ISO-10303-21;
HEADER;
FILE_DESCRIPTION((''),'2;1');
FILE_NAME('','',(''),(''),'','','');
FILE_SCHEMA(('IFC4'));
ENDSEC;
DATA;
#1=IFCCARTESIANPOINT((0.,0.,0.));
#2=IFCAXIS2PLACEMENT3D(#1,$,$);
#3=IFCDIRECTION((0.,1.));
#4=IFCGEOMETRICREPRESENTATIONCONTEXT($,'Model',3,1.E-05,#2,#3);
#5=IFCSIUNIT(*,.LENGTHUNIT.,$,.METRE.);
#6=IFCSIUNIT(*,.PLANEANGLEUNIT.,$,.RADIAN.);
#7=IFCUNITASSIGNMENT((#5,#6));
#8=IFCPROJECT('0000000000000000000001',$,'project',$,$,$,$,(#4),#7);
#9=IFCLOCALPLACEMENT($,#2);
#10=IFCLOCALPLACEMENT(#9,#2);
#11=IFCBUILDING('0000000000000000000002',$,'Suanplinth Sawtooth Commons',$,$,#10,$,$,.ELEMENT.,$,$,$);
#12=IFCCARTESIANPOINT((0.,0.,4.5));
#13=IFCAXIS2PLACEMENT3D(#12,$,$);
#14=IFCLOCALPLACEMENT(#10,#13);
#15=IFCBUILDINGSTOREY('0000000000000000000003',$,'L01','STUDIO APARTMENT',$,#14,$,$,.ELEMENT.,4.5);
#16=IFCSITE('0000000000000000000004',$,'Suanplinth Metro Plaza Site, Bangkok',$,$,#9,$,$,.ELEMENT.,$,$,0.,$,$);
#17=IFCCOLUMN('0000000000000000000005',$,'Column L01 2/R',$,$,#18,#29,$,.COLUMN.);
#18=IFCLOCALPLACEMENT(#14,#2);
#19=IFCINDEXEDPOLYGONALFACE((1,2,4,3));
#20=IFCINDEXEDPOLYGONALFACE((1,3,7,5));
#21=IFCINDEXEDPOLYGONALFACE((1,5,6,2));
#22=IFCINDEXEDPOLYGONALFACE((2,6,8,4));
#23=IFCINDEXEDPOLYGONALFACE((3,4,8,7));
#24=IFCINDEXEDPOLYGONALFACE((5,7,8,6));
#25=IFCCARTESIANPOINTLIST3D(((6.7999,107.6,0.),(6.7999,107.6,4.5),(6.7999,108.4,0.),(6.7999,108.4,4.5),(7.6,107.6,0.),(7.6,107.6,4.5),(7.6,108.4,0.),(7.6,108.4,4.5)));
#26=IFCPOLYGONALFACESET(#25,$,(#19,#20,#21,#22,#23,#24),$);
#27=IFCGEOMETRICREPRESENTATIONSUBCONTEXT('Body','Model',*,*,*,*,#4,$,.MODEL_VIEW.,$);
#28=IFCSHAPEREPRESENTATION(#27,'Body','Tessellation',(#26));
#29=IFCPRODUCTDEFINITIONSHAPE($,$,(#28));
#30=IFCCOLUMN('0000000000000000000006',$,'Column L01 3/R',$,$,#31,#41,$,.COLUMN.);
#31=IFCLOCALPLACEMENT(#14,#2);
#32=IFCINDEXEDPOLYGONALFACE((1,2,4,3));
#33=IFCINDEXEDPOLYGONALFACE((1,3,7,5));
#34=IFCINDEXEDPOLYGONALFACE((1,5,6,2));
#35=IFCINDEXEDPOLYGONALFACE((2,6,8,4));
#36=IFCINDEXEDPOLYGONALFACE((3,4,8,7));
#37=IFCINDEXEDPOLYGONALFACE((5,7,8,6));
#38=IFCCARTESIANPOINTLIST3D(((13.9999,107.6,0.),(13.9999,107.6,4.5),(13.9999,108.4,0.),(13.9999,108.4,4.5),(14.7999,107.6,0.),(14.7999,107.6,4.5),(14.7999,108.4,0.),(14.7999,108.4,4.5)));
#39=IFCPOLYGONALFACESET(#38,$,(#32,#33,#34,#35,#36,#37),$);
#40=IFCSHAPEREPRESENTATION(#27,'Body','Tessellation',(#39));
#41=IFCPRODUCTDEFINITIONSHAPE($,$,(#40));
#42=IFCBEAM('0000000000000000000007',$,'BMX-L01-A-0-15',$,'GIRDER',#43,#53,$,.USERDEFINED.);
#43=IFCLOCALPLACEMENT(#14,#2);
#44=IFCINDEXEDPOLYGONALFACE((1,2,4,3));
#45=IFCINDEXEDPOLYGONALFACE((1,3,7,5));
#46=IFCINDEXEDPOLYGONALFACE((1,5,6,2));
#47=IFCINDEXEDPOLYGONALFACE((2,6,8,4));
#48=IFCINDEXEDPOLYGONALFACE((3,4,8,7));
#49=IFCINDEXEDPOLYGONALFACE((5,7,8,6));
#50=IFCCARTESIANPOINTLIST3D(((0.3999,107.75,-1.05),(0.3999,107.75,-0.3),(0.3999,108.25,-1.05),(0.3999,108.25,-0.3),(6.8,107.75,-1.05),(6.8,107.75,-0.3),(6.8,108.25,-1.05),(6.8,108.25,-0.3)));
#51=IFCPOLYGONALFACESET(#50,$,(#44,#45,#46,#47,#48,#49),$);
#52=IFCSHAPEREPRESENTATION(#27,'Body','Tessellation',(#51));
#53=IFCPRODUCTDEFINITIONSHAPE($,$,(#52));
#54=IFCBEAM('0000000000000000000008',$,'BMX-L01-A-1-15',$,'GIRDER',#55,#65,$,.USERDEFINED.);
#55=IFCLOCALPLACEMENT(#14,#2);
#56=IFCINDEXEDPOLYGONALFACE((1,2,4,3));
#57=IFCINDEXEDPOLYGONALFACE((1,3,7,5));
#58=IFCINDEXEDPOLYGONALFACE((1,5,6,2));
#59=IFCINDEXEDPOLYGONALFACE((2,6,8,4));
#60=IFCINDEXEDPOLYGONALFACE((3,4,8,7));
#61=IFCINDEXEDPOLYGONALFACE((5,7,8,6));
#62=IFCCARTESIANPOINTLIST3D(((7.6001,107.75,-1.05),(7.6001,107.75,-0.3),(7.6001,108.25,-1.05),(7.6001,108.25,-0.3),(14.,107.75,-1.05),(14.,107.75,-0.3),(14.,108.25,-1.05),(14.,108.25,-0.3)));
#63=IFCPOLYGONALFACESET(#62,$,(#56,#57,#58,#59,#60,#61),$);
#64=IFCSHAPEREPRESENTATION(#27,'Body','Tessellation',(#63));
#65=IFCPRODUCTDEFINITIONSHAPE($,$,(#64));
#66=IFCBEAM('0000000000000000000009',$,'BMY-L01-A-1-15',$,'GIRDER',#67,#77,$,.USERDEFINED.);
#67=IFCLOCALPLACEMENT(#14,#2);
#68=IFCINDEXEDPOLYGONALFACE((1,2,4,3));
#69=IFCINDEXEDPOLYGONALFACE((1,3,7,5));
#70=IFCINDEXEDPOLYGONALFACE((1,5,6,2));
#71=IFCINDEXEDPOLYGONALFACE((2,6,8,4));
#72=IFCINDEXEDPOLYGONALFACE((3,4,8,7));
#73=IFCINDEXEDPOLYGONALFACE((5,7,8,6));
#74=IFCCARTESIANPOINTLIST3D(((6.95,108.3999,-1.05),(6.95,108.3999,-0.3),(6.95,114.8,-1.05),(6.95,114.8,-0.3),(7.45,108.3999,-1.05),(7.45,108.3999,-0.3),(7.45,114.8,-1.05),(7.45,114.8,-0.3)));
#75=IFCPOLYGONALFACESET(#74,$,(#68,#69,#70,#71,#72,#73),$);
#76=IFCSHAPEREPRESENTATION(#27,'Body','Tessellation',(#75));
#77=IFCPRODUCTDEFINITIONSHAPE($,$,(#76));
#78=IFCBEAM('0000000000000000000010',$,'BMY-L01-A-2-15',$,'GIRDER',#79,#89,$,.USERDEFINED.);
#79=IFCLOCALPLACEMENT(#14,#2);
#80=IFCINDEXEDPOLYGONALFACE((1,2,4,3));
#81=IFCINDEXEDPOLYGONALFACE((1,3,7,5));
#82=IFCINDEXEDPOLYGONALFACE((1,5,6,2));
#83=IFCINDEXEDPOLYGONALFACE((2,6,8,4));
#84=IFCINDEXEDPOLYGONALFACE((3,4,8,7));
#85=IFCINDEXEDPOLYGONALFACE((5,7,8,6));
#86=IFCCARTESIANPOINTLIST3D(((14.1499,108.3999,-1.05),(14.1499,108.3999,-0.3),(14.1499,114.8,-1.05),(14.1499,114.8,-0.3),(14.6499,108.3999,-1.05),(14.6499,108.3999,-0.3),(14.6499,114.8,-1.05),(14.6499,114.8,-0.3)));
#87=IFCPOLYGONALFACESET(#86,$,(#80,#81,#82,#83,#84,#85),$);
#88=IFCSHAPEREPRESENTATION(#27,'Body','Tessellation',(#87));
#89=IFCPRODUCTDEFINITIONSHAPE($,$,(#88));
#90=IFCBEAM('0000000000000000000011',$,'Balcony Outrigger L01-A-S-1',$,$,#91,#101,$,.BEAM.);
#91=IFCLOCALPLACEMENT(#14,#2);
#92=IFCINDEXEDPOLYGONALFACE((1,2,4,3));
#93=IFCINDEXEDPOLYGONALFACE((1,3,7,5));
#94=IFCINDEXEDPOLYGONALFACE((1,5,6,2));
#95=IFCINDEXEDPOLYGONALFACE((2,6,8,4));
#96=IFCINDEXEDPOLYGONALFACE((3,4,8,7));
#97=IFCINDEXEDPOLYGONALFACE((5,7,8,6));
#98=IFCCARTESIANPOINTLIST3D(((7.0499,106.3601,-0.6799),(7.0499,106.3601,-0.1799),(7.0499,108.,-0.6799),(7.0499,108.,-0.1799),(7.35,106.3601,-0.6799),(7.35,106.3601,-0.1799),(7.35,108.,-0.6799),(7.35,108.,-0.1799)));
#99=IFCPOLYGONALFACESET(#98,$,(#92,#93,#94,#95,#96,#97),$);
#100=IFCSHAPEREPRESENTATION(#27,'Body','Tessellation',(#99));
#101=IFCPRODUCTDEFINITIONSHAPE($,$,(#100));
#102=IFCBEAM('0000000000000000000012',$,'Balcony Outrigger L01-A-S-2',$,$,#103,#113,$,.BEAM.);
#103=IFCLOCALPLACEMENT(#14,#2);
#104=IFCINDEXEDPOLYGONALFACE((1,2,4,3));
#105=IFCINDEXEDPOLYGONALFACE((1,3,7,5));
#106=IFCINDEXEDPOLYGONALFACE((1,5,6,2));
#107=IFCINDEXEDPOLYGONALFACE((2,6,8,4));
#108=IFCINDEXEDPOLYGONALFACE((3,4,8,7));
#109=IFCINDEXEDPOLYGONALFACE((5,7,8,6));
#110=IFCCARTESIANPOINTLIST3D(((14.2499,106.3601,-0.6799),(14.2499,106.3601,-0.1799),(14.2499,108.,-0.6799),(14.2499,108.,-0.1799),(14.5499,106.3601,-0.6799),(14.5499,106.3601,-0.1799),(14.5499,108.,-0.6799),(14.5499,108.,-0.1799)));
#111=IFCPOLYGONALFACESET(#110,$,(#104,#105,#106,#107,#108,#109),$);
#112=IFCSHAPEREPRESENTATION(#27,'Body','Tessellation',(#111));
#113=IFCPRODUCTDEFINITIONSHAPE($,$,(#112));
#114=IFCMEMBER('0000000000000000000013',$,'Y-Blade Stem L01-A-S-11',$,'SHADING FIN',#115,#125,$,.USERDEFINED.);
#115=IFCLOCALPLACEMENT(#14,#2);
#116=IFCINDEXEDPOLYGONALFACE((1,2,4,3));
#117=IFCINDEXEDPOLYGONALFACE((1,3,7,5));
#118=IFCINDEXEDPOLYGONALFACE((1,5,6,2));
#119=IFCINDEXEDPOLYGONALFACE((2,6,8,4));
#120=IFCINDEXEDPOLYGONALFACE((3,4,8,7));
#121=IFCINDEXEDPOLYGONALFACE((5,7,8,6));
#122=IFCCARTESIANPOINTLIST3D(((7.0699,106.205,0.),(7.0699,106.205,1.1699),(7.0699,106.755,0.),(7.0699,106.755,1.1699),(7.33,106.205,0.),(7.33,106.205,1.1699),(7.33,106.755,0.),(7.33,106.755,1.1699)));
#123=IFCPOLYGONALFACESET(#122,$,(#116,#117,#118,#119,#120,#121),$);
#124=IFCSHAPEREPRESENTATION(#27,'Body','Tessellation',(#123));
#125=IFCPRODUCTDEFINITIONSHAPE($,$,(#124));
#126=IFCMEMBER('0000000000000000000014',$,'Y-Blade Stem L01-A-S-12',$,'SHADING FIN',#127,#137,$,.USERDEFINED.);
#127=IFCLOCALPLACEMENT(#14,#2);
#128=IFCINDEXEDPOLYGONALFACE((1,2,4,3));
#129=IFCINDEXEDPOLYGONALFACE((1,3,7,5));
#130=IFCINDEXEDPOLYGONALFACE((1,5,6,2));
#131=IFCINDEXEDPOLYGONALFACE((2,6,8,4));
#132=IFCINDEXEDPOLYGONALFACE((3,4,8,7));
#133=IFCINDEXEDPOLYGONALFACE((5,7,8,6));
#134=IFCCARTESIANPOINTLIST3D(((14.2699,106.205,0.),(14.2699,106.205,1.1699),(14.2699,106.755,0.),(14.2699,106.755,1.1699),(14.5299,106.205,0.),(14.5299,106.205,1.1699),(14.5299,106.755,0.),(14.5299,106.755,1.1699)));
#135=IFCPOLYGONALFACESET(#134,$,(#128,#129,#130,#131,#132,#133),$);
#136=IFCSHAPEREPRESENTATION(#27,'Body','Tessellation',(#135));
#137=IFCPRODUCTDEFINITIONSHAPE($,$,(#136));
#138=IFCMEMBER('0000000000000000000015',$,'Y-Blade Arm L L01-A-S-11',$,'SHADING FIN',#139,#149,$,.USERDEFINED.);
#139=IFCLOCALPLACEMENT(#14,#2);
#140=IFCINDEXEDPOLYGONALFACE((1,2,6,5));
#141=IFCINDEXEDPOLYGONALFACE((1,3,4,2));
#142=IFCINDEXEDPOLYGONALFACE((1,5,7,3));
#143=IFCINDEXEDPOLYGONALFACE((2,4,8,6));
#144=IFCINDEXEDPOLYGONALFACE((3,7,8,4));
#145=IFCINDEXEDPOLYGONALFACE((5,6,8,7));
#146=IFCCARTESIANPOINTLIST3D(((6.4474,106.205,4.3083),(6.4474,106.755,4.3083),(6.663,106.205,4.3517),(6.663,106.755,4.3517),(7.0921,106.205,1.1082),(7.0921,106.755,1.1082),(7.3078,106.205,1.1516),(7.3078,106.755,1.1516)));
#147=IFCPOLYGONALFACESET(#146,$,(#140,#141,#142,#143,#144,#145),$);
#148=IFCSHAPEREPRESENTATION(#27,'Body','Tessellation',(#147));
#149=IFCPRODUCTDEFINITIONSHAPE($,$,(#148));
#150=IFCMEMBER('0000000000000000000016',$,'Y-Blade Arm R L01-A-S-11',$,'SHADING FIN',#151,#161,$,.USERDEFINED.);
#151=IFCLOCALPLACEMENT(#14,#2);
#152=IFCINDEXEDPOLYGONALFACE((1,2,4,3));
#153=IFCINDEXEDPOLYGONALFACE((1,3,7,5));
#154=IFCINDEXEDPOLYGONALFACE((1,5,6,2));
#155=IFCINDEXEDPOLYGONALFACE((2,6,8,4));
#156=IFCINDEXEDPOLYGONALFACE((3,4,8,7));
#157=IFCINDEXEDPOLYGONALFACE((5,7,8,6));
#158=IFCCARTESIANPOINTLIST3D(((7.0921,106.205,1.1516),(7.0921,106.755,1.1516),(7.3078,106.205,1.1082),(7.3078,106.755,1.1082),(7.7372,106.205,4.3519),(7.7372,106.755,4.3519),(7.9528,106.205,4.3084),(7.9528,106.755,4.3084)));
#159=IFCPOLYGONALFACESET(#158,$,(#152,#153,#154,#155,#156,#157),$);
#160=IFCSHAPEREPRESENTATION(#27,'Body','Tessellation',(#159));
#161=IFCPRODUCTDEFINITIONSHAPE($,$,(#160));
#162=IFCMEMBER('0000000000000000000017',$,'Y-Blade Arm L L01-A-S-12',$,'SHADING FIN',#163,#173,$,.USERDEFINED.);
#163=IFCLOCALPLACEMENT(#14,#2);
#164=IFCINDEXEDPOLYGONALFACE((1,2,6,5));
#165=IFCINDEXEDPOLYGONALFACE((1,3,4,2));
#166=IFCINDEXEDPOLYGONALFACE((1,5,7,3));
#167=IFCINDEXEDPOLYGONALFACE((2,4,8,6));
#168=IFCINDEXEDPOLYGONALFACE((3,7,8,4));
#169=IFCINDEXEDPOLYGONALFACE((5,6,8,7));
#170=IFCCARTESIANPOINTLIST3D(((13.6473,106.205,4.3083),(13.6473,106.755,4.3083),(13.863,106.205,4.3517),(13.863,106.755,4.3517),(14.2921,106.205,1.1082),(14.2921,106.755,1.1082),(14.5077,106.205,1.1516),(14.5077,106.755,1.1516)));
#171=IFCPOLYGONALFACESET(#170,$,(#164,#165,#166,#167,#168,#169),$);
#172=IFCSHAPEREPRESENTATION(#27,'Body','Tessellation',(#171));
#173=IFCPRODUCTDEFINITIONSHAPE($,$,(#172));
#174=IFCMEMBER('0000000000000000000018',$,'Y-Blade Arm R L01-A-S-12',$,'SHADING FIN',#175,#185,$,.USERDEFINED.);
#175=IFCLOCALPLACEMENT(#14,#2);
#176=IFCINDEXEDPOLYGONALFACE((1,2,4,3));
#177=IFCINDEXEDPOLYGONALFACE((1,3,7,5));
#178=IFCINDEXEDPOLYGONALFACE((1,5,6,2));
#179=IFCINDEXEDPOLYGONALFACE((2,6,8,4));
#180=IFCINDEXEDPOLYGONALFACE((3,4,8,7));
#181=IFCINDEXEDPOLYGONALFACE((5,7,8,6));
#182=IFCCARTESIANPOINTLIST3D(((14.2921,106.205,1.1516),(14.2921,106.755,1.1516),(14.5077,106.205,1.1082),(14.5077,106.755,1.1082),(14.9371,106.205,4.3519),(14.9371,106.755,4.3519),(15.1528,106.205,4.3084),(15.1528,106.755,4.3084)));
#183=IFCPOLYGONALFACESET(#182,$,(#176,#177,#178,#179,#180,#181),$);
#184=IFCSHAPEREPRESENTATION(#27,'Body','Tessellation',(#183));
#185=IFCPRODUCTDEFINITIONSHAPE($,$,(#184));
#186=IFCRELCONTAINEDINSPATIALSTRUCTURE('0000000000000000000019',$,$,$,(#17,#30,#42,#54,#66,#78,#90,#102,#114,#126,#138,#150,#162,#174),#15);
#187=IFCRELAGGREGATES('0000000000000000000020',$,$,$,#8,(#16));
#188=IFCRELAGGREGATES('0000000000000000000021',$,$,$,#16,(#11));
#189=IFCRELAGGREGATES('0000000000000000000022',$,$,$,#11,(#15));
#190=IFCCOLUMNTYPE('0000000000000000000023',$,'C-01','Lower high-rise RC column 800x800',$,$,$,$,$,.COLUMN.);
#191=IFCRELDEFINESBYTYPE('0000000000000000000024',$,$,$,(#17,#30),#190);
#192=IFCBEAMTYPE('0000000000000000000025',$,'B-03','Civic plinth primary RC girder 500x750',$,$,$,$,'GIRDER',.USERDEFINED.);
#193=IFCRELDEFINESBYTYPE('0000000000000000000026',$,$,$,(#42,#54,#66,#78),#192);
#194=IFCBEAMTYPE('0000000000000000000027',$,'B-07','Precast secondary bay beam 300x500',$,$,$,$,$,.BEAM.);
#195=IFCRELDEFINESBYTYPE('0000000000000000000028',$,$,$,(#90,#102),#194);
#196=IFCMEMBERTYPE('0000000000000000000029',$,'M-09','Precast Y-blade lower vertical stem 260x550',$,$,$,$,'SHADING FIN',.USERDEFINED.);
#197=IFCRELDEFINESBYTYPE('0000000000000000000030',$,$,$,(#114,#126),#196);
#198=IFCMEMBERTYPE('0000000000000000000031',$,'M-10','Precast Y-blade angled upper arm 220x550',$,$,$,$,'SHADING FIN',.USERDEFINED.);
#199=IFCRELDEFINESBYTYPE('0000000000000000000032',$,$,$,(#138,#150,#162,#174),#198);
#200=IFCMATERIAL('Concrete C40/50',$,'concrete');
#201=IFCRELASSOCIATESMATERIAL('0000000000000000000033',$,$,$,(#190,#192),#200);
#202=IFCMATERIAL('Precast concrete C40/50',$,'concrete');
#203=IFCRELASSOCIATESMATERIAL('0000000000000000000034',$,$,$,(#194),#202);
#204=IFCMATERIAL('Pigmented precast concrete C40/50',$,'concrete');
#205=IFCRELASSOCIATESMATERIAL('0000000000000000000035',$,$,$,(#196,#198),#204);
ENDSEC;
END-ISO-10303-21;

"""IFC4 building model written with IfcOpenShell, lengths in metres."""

from ifc_helpers import new_model, si_unit, direction, frame, origin, origin_2d, place, context, subcontext, project, spatial, rectangle, extrude, material, material_profile, profile_set, type_object, element, save


model = new_model("IFC4")

# Units and contexts
model_context = context("Model", 3, precision=1e-05, world=origin(), true_north=direction((0.0, 1.0)))
body_context = subcontext(model_context, "Body", "Model", "MODEL_VIEW")
ifc_project = project(units=[si_unit("LENGTHUNIT", "METRE"), si_unit("PLANEANGLEUNIT", "RADIAN")], contexts=[model_context])

# Site, building, storey
site_placement = place(None, origin())
site = spatial("IfcSite", under=ifc_project, at=site_placement, Name="Suanplinth Metro Plaza Site, Bangkok", CompositionType="ELEMENT", RefElevation=0.0)
building_placement = place(site_placement, origin())
building = spatial("IfcBuilding", under=site, at=building_placement, Name="Suanplinth Sawtooth Commons", CompositionType="ELEMENT")
storey_placement = place(building_placement, frame((0.0, 0.0, 4.5)))
storey = spatial("IfcBuildingStorey", under=building, at=storey_placement, Name="L01", Description="STUDIO APARTMENT", CompositionType="ELEMENT", Elevation=4.5)

# Columns
ifc_material_1 = material(Name="Concrete C40/50", Category="concrete")
ifc_material_profile_1 = material_profile(ifc_material_1, rectangle(XDim=0.8, YDim=0.8, at=origin_2d()), Name="RC-COL 800x800")
ifc_profile_set_1 = profile_set([ifc_material_profile_1], Name="Concrete C40/50")
column_type = type_object("IfcColumnType", Name="C-01", Description="Lower high-rise RC column 800x800", PredefinedType="COLUMN", material=ifc_profile_set_1)
for number, where, z_axis, x_axis, name in (
    (1, (7.2, 108.0, 0.0), (0.0, 0.0, 1.0), (1.0, 0.0, 0.0), "Column L01 2/R"),
    (2, (14.3999, 108.0, 0.0), (0.0, 0.0, 1.0), (1.0, 0.0, 0.0), "Column L01 3/R"),
):
    element("IfcColumn", number, at=place(storey_placement, frame(where, z_axis=z_axis, x_axis=x_axis)), inside=storey, type_object=column_type, Name=name, PredefinedType="COLUMN", context=body_context, shape_type="SweptSolid", body=[
        extrude(rectangle(XDim=0.8, YDim=0.8, at=origin_2d()), origin(), (0.0, 0.0, 1.0), 4.5),
    ])

# Beams
ifc_material_profile_2 = material_profile(ifc_material_1, rectangle(XDim=0.5, YDim=0.75, at=origin_2d()), Name="RC-GDR 500x750")
ifc_profile_set_2 = profile_set([ifc_material_profile_2], Name="Concrete C40/50")
beam_type_1 = type_object("IfcBeamType", Name="B-03", Description="Civic plinth primary RC girder 500x750", ElementType="GIRDER", PredefinedType="USERDEFINED", material=ifc_profile_set_2)
beam_1_placement = place(storey_placement, frame((0.3999, 108.0, -0.675), z_axis=(1.0, 0.0, 0.0), x_axis=(0.0, 1.0, 0.0)))
element("IfcBeam", 3, at=beam_1_placement, inside=storey, type_object=beam_type_1, Name="BMX-L01-A-0-15", ObjectType="GIRDER", PredefinedType="USERDEFINED", context=body_context, shape_type="SweptSolid", body=[
    extrude(rectangle(XDim=0.5, YDim=0.75, at=origin_2d()), origin(), (0.0, 0.0, 1.0), 6.4001),
])
beam_2_placement = place(storey_placement, frame((7.6001, 108.0, -0.675), z_axis=(1.0, 0.0, 0.0), x_axis=(0.0, 1.0, 0.0)))
element("IfcBeam", 4, at=beam_2_placement, inside=storey, type_object=beam_type_1, Name="BMX-L01-A-1-15", ObjectType="GIRDER", PredefinedType="USERDEFINED", context=body_context, shape_type="SweptSolid", body=[
    extrude(rectangle(XDim=0.5, YDim=0.75, at=origin_2d()), origin(), (0.0, 0.0, 1.0), 6.3999),
])
for number, where, z_axis, x_axis, name in (
    (5, (7.2, 108.3999, -0.675), (0.0, 1.0, 0.0), (-1.0, 0.0, 0.0), "BMY-L01-A-1-15"),
    (6, (14.3999, 108.3999, -0.675), (0.0, 1.0, 0.0), (-1.0, 0.0, 0.0), "BMY-L01-A-2-15"),
):
    element("IfcBeam", number, at=place(storey_placement, frame(where, z_axis=z_axis, x_axis=x_axis)), inside=storey, type_object=beam_type_1, Name=name, ObjectType="GIRDER", PredefinedType="USERDEFINED", context=body_context, shape_type="SweptSolid", body=[
        extrude(rectangle(XDim=0.5, YDim=0.75, at=origin_2d()), origin(), (0.0, 0.0, 1.0), 6.4001),
    ])
ifc_material_2 = material(Name="Precast concrete C40/50", Category="concrete")
ifc_material_profile_3 = material_profile(ifc_material_2, rectangle(XDim=0.3, YDim=0.5, at=origin_2d()), Name="PC-BM 300x500")
ifc_profile_set_3 = profile_set([ifc_material_profile_3], Name="Precast concrete C40/50")
beam_type_2 = type_object("IfcBeamType", Name="B-07", Description="Precast secondary bay beam 300x500", PredefinedType="BEAM", material=ifc_profile_set_3)
for number, where, z_axis, x_axis, name in (
    (7, (7.2, 108.0, -0.4299), (0.0, -1.0, 0.0), (1.0, 0.0, 0.0), "Balcony Outrigger L01-A-S-1"),
    (8, (14.3999, 108.0, -0.4299), (0.0, -1.0, 0.0), (1.0, 0.0, 0.0), "Balcony Outrigger L01-A-S-2"),
):
    element("IfcBeam", number, at=place(storey_placement, frame(where, z_axis=z_axis, x_axis=x_axis)), inside=storey, type_object=beam_type_2, Name=name, PredefinedType="BEAM", context=body_context, shape_type="SweptSolid", body=[
        extrude(rectangle(XDim=0.3, YDim=0.5, at=origin_2d()), origin(), (0.0, 0.0, 1.0), 1.6399),
    ])

# Members
ifc_material_3 = material(Name="Pigmented precast concrete C40/50", Category="concrete")
ifc_material_profile_4 = material_profile(ifc_material_3, rectangle(XDim=0.26, YDim=0.55, at=origin_2d()), Name="PC-FIN 260x550")
ifc_profile_set_4 = profile_set([ifc_material_profile_4], Name="Pigmented precast concrete C40/50")
member_type_1 = type_object("IfcMemberType", Name="M-09", Description="Precast Y-blade lower vertical stem 260x550", ElementType="SHADING FIN", PredefinedType="USERDEFINED", material=ifc_profile_set_4)
for number, where, z_axis, x_axis, name in (
    (9, (7.2, 106.48, 0.0), (0.0, 0.0, 1.0), (1.0, 0.0, 0.0), "Y-Blade Stem L01-A-S-11"),
    (10, (14.3999, 106.48, 0.0), (0.0, 0.0, 1.0), (1.0, 0.0, 0.0), "Y-Blade Stem L01-A-S-12"),
):
    element("IfcMember", number, at=place(storey_placement, frame(where, z_axis=z_axis, x_axis=x_axis)), inside=storey, type_object=member_type_1, Name=name, ObjectType="SHADING FIN", PredefinedType="USERDEFINED", context=body_context, shape_type="SweptSolid", body=[
        extrude(rectangle(XDim=0.26, YDim=0.55, at=origin_2d()), origin(), (0.0, 0.0, 1.0), 1.1699),
    ])
ifc_material_profile_5 = material_profile(ifc_material_3, rectangle(XDim=0.22, YDim=0.55, at=origin_2d()), Name="PC-FIN 220x550")
ifc_profile_set_5 = profile_set([ifc_material_profile_5], Name="Pigmented precast concrete C40/50")
member_type_2 = type_object("IfcMemberType", Name="M-10", Description="Precast Y-blade angled upper arm 220x550", ElementType="SHADING FIN", PredefinedType="USERDEFINED", material=ifc_profile_set_5)
member_1_placement = place(storey_placement, frame((7.2, 106.48, 1.1299), z_axis=(-0.197511, 0.0, 0.980301), x_axis=(0.980301, 0.0, 0.197511)))
element("IfcMember", 11, at=member_1_placement, inside=storey, type_object=member_type_2, Name="Y-Blade Arm L L01-A-S-11", ObjectType="SHADING FIN", PredefinedType="USERDEFINED", context=body_context, shape_type="SweptSolid", body=[
    extrude(rectangle(XDim=0.22, YDim=0.55, at=origin_2d()), origin(), (0.0, 0.0, 1.0), 3.2644),
])
member_2_placement = place(storey_placement, frame((7.2, 106.48, 1.1299), z_axis=(0.197583, 0.0, 0.980286), x_axis=(-0.980286, 0.0, 0.197583)))
element("IfcMember", 12, at=member_2_placement, inside=storey, type_object=member_type_2, Name="Y-Blade Arm R L01-A-S-11", ObjectType="SHADING FIN", PredefinedType="USERDEFINED", context=body_context, shape_type="SweptSolid", body=[
    extrude(rectangle(XDim=0.22, YDim=0.55, at=origin_2d()), origin(), (0.0, 0.0, 1.0), 3.2646),
])
member_3_placement = place(storey_placement, frame((14.3999, 106.48, 1.1299), z_axis=(-0.197511, 0.0, 0.980301), x_axis=(0.980301, 0.0, 0.197511)))
element("IfcMember", 13, at=member_3_placement, inside=storey, type_object=member_type_2, Name="Y-Blade Arm L L01-A-S-12", ObjectType="SHADING FIN", PredefinedType="USERDEFINED", context=body_context, shape_type="SweptSolid", body=[
    extrude(rectangle(XDim=0.22, YDim=0.55, at=origin_2d()), origin(), (0.0, 0.0, 1.0), 3.2644),
])
member_4_placement = place(storey_placement, frame((14.3999, 106.48, 1.1299), z_axis=(0.197583, 0.0, 0.980286), x_axis=(-0.980286, 0.0, 0.197583)))
element("IfcMember", 14, at=member_4_placement, inside=storey, type_object=member_type_2, Name="Y-Blade Arm R L01-A-S-12", ObjectType="SHADING FIN", PredefinedType="USERDEFINED", context=body_context, shape_type="SweptSolid", body=[
    extrude(rectangle(XDim=0.22, YDim=0.55, at=origin_2d()), origin(), (0.0, 0.0, 1.0), 3.2646),
])

save(model, "model.ifc")
